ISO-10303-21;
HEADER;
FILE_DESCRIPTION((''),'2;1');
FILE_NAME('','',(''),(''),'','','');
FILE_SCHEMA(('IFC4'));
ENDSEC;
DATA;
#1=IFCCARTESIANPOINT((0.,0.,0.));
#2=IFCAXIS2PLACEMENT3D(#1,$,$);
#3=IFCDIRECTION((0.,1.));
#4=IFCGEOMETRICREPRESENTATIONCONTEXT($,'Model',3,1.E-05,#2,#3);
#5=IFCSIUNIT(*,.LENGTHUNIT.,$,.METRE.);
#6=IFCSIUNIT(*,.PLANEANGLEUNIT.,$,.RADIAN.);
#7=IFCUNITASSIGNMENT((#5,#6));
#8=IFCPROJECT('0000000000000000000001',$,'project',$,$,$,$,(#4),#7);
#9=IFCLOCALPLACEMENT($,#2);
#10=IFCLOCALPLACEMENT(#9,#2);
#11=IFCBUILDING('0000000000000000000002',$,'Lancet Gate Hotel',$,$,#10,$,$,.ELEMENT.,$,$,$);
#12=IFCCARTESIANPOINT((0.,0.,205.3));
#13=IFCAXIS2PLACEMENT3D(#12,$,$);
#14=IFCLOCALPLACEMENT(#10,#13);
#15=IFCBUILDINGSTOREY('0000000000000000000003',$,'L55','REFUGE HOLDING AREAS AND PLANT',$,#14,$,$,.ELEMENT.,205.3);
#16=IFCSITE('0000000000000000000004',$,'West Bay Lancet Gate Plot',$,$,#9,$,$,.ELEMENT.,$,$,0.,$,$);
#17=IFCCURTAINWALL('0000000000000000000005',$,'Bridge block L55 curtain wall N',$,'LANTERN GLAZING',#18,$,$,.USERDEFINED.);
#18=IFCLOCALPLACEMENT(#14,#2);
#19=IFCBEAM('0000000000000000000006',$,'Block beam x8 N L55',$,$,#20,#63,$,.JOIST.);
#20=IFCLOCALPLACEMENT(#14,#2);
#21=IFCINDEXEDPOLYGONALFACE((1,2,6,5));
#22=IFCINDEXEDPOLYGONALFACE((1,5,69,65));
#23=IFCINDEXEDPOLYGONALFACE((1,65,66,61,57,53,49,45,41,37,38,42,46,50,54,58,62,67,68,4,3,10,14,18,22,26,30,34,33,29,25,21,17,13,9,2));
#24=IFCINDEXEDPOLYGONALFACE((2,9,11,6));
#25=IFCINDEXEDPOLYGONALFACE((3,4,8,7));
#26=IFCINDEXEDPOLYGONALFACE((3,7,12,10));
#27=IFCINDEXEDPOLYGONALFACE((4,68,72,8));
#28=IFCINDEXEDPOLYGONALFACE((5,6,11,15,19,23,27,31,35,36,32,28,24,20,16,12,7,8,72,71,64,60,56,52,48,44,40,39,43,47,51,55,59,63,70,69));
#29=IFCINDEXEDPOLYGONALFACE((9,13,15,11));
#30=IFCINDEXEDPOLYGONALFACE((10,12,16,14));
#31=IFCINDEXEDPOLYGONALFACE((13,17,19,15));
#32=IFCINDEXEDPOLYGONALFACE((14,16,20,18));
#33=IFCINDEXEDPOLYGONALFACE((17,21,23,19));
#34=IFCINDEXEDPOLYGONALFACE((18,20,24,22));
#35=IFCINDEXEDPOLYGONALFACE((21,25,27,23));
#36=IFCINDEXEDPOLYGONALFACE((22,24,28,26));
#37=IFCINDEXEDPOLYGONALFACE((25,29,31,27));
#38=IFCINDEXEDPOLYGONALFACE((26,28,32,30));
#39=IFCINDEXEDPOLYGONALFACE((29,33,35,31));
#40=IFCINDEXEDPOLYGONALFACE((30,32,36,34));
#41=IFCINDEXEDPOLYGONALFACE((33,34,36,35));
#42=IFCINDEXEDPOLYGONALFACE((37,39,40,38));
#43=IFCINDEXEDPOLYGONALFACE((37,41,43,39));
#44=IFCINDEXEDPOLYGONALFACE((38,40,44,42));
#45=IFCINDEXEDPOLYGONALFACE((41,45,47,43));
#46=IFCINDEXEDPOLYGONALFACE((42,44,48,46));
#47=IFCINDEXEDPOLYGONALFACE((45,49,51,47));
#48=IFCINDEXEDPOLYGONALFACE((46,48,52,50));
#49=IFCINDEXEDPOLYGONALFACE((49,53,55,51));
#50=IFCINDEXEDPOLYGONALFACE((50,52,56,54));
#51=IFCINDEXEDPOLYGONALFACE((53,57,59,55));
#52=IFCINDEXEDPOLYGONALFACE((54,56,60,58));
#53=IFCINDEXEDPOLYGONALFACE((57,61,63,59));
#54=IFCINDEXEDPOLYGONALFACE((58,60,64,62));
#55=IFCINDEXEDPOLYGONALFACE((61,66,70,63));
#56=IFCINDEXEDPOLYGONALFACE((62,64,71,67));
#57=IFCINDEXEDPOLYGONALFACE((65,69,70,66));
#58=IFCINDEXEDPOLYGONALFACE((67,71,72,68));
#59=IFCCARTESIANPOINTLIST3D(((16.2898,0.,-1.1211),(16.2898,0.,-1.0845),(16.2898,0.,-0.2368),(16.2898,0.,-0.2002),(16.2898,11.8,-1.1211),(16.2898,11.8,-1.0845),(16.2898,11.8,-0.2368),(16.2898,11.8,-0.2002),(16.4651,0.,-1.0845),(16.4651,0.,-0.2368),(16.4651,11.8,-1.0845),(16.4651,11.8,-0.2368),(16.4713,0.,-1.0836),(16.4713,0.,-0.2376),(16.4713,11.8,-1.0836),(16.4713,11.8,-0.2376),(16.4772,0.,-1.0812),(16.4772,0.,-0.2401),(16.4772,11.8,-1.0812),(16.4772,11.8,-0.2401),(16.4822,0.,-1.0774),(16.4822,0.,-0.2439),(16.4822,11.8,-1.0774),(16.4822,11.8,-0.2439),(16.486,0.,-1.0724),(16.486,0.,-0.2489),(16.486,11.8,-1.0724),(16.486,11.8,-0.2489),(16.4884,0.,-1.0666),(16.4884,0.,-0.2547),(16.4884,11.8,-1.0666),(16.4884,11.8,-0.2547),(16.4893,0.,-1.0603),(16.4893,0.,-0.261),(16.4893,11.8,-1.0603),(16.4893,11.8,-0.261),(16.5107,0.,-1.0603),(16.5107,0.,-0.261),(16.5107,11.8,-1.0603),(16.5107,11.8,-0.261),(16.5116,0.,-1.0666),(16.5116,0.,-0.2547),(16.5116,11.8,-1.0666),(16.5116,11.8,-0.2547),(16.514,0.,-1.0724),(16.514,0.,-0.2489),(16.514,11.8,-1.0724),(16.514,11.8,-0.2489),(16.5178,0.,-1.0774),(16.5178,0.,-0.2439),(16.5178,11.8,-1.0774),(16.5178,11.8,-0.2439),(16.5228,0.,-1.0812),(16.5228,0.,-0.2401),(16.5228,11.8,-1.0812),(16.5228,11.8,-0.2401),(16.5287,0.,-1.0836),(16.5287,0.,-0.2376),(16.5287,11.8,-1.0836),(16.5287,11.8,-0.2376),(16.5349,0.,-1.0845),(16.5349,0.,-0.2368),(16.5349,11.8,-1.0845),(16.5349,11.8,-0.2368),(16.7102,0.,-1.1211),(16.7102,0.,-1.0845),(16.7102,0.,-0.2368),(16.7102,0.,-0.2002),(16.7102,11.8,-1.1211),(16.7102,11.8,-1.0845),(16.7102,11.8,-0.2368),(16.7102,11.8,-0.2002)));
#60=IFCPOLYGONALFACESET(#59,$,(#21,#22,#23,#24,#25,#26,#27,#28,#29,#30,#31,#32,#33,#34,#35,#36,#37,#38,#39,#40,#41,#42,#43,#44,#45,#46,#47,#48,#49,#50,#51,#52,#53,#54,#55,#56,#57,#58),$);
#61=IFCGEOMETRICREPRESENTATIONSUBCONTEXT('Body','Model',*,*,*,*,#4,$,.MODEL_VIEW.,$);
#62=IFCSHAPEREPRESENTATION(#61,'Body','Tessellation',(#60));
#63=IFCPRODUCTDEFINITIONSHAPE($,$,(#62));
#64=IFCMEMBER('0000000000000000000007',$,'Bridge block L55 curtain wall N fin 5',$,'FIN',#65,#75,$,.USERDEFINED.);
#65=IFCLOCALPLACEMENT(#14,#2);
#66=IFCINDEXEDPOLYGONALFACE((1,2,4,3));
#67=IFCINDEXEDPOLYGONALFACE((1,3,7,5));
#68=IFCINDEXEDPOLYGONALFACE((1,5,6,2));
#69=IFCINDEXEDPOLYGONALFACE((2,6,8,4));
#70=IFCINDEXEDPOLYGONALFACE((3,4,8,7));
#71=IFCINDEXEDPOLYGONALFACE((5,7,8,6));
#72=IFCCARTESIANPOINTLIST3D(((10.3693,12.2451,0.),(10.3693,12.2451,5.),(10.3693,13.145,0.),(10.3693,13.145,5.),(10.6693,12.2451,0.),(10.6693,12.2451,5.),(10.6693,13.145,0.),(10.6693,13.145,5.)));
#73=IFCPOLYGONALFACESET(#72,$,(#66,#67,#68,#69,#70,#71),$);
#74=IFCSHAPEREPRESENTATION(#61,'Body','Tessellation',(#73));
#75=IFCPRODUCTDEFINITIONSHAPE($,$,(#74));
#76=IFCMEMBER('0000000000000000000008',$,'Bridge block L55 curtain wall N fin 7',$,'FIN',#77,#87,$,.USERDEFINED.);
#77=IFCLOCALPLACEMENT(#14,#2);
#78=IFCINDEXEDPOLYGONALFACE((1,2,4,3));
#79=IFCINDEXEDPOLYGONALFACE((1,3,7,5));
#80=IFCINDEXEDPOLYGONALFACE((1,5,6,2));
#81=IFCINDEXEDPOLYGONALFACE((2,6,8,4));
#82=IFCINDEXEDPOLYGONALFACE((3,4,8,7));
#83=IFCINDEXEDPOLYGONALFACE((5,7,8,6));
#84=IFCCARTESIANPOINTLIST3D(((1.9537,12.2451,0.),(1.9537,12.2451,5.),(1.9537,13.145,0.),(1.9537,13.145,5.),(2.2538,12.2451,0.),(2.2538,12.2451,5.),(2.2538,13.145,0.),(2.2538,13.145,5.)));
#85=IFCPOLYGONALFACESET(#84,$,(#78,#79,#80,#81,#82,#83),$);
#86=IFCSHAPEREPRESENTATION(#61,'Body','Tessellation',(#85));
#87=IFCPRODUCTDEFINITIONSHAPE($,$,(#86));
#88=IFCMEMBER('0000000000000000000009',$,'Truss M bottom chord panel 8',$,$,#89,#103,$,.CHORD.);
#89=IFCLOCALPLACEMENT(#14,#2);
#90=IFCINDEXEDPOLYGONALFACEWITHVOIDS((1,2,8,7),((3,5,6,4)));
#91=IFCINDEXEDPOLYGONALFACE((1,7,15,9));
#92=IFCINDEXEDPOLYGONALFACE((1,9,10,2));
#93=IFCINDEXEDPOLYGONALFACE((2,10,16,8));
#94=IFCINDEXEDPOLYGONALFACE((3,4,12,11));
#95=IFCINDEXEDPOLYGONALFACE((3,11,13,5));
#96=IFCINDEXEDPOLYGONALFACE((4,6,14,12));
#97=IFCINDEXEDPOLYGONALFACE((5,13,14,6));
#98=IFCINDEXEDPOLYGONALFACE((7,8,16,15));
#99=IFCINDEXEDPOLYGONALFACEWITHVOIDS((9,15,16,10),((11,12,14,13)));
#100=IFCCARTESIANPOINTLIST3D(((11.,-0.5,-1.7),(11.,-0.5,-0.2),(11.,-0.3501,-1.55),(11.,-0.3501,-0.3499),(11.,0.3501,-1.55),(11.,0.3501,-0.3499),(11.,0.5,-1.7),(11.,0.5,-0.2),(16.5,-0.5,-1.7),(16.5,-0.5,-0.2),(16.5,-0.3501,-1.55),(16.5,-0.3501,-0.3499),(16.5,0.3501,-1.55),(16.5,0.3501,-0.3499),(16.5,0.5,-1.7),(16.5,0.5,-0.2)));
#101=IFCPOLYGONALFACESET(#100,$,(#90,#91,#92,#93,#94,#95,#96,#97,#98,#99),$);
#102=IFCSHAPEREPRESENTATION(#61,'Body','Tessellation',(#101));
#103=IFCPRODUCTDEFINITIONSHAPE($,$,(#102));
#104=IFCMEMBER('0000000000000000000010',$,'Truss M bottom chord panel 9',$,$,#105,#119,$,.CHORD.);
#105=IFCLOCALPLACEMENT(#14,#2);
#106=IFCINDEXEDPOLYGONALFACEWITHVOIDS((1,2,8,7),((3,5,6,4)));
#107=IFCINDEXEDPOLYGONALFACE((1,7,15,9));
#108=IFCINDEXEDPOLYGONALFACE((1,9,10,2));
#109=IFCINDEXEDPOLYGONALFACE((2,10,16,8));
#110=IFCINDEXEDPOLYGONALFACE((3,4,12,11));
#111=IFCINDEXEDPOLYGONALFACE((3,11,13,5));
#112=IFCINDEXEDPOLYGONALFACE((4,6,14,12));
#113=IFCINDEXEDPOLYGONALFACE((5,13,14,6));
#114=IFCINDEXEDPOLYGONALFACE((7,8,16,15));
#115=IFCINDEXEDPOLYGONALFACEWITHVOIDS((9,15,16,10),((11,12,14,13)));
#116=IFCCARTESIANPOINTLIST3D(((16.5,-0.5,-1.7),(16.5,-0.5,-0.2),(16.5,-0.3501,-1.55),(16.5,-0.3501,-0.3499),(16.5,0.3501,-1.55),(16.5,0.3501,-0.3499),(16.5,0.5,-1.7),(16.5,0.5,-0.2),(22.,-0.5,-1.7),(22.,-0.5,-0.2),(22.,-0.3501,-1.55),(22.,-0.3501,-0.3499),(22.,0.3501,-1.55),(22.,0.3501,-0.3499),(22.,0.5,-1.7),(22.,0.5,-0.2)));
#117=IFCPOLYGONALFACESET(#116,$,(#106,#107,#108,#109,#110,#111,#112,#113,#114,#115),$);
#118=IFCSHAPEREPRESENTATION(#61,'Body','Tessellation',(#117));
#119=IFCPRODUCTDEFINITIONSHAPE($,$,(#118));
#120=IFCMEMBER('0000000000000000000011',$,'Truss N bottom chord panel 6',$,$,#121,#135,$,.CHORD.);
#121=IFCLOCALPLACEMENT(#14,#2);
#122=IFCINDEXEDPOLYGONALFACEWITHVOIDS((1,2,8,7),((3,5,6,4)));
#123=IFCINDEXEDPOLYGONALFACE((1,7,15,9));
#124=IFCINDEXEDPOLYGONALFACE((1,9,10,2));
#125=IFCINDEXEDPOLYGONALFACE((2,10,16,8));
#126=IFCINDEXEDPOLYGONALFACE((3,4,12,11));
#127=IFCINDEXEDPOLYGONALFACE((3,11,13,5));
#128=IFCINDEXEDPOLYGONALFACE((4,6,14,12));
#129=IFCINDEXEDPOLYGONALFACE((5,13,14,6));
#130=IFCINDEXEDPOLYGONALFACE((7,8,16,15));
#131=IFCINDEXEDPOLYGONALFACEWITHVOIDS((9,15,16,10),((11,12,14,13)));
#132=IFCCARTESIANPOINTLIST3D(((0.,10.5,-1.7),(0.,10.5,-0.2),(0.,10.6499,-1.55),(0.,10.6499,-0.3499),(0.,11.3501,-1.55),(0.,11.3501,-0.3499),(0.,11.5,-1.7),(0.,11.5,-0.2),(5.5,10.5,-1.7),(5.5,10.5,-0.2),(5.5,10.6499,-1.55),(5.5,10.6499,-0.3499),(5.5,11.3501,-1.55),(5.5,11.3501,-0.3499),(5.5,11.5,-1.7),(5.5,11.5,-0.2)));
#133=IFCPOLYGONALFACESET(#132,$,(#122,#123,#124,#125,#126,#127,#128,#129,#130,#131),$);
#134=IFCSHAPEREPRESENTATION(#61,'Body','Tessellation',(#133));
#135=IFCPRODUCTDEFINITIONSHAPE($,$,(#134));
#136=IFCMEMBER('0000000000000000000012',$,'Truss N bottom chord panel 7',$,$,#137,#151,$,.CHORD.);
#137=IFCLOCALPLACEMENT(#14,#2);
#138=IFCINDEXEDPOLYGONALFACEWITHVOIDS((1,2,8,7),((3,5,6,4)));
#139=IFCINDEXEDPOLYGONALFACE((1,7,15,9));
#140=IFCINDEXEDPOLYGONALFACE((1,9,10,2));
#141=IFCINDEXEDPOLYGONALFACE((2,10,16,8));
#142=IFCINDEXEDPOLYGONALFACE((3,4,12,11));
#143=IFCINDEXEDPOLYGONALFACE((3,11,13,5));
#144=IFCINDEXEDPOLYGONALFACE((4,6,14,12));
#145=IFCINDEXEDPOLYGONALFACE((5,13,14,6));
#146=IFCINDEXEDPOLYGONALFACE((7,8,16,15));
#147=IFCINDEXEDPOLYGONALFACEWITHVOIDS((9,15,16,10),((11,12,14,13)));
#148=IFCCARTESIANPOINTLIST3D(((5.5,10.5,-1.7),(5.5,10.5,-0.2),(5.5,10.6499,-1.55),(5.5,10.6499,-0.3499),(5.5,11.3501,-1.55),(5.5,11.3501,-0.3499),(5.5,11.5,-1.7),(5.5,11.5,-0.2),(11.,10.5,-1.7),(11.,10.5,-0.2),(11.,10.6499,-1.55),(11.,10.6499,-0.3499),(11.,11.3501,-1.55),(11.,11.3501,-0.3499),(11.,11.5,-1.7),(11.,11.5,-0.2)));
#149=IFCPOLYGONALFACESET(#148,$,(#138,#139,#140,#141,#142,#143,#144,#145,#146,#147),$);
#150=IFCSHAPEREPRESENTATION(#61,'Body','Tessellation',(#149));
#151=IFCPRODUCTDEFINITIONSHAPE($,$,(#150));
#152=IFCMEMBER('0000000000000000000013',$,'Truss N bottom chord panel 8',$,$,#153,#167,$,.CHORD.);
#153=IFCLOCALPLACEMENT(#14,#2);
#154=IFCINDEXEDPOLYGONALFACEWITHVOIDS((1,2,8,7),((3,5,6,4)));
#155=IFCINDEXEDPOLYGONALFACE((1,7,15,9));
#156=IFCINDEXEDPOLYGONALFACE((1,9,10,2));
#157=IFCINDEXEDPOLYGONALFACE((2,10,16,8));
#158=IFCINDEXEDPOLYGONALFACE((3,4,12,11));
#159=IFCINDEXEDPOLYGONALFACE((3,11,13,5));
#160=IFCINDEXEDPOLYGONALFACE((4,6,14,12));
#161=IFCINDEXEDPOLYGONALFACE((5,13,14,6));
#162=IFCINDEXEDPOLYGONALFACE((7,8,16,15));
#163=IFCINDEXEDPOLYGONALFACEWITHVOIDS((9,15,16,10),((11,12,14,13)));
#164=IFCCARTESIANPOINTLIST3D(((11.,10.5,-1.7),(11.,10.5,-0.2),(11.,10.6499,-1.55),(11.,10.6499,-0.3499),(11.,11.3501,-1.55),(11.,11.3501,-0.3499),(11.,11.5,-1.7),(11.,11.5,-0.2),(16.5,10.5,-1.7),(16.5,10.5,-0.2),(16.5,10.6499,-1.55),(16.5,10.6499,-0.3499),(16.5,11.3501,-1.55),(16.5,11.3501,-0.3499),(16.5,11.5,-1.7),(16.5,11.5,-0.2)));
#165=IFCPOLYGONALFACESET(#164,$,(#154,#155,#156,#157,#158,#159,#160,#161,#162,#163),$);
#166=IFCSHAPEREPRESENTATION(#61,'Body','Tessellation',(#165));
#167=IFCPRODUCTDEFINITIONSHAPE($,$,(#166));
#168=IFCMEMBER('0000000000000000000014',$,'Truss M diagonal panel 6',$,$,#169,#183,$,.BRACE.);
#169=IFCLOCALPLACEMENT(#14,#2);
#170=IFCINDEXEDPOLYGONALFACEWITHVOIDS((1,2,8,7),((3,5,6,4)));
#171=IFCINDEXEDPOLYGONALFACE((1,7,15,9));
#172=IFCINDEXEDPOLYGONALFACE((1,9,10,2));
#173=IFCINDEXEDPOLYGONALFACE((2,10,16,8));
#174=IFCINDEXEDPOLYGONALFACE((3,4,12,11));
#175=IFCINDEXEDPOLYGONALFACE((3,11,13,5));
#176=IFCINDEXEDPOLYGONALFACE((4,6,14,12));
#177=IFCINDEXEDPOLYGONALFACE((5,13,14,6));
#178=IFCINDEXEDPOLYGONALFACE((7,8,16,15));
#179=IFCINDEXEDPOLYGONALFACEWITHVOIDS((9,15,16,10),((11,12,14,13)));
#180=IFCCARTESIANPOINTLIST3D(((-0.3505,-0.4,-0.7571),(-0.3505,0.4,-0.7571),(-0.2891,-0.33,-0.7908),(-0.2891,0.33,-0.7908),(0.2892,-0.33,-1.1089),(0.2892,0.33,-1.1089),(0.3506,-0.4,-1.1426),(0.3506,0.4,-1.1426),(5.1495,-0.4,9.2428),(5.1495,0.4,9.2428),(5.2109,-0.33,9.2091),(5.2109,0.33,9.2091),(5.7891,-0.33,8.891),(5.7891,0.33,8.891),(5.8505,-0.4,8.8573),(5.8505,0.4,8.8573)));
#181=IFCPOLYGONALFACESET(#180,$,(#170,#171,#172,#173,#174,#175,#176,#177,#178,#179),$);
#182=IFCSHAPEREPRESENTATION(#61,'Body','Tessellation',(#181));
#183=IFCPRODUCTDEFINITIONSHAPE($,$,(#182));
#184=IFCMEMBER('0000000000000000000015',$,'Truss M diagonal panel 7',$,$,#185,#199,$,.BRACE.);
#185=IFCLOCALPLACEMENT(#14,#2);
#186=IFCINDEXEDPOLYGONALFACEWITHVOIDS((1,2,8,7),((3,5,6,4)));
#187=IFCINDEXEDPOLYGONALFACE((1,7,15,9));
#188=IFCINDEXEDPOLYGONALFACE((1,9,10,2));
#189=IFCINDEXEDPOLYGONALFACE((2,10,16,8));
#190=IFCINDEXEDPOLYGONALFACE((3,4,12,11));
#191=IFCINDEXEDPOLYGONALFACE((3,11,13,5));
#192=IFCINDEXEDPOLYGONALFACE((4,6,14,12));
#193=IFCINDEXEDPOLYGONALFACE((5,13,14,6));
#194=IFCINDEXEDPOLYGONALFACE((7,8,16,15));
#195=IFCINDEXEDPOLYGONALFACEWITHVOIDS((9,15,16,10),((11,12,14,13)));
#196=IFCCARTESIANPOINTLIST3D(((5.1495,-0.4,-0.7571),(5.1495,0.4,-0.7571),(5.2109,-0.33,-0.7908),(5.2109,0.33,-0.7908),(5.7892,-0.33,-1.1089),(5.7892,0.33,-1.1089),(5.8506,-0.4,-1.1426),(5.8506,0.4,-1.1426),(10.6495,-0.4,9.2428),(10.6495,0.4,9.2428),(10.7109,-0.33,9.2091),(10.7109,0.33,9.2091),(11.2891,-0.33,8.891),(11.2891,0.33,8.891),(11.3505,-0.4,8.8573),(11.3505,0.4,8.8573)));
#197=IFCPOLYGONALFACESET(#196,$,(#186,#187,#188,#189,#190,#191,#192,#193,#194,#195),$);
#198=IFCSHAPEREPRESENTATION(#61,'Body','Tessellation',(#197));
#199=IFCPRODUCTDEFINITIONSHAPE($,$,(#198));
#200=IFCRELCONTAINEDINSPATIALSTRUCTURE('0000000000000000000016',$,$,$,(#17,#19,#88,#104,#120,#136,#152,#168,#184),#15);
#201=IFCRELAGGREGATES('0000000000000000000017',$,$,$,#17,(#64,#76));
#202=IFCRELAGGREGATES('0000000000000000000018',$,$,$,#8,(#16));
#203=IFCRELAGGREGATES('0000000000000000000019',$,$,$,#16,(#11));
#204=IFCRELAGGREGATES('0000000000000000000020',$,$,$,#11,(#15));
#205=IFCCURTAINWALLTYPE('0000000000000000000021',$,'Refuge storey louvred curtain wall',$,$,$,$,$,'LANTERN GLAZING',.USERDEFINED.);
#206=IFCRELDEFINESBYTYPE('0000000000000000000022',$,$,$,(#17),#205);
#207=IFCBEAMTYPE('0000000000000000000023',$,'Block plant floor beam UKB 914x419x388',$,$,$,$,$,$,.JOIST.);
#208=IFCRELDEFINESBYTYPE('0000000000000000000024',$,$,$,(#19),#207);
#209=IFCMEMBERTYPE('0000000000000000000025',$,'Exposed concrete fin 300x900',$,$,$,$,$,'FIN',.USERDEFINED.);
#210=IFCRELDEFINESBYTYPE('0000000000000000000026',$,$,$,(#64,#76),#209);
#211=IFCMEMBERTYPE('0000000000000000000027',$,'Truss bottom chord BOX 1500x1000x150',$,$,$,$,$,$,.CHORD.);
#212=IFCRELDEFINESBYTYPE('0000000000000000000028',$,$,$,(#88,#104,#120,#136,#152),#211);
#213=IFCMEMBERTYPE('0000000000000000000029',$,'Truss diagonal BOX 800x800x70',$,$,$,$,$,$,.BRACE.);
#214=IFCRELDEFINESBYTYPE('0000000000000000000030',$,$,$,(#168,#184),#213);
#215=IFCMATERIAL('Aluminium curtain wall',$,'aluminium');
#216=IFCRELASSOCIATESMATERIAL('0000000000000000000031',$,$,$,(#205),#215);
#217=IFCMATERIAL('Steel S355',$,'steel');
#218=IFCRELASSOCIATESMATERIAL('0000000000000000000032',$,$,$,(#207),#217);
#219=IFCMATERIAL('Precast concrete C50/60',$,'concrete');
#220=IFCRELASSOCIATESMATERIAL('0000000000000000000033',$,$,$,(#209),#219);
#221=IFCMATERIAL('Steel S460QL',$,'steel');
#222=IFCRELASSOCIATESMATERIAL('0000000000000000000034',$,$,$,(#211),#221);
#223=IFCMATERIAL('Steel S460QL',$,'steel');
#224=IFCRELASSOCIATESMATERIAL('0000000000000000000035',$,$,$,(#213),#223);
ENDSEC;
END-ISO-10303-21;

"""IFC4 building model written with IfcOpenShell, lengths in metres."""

from ifc_helpers import new_model, si_unit, direction, frame, origin, origin_2d, place, context, subcontext, project, spatial, rectangle, hollow_rectangle, i_section, extrude, material, material_profile, profile_set, type_object, element, aggregate, save


model = new_model("IFC4")

# Units and contexts
model_context = context("Model", 3, precision=1e-05, world=origin(), true_north=direction((0.0, 1.0)))
body_context = subcontext(model_context, "Body", "Model", "MODEL_VIEW")
ifc_project = project(units=[si_unit("LENGTHUNIT", "METRE"), si_unit("PLANEANGLEUNIT", "RADIAN")], contexts=[model_context])

# Site, building, storey
site_placement = place(None, origin())
site = spatial("IfcSite", under=ifc_project, at=site_placement, Name="West Bay Lancet Gate Plot", CompositionType="ELEMENT", RefElevation=0.0)
building_placement = place(site_placement, origin())
building = spatial("IfcBuilding", under=site, at=building_placement, Name="Lancet Gate Hotel", CompositionType="ELEMENT")
storey_placement = place(building_placement, frame((0.0, 0.0, 205.3)))
storey = spatial("IfcBuildingStorey", under=building, at=storey_placement, Name="L55", Description="REFUGE HOLDING AREAS AND PLANT", CompositionType="ELEMENT", Elevation=205.3)

# Curtain wall
ifc_material_1 = material(Name="Aluminium curtain wall", Category="aluminium")
curtain_wall_type = type_object("IfcCurtainWallType", Name="Refuge storey louvred curtain wall", ElementType="LANTERN GLAZING", PredefinedType="USERDEFINED", material=ifc_material_1)
curtain_wall_placement = place(storey_placement, origin())
curtain_wall = element("IfcCurtainWall", 1, at=curtain_wall_placement, inside=storey, type_object=curtain_wall_type, Name="Bridge block L55 curtain wall N", ObjectType="LANTERN GLAZING", PredefinedType="USERDEFINED")

# Beam
ifc_material_2 = material(Name="Steel S355", Category="steel")
ifc_material_profile_1 = material_profile(ifc_material_2, i_section(OverallWidth=0.4204, OverallDepth=0.9209, WebThickness=0.0215, FlangeThickness=0.0366, FilletRadius=0.0242, at=origin_2d()), Name="UKB 914x419x388")
ifc_profile_set_1 = profile_set([ifc_material_profile_1], Name="Steel S355")
beam_type_1 = type_object("IfcBeamType", Name="Block plant floor beam UKB 914x419x388", PredefinedType="JOIST", material=ifc_profile_set_1)
for number, where, z_axis, x_axis, name in (
    (2, (16.5, 0.0, -0.6606), (0.0, 1.0, 0.0), (-1.0, 0.0, 0.0), "Block beam x8 N L55"),
):
    element("IfcBeam", number, at=place(storey_placement, frame(where, z_axis=z_axis, x_axis=x_axis)), inside=storey, type_object=beam_type_1, Name=name, PredefinedType="JOIST", context=body_context, shape_type="SweptSolid", body=[
        extrude(i_section(OverallWidth=0.4204, OverallDepth=0.9209, WebThickness=0.0215, FlangeThickness=0.0366, FilletRadius=0.0242, at=origin_2d()), origin(), (0.0, 0.0, 1.0), 11.8),
    ])

# Members
ifc_material_3 = material(Name="Precast concrete C50/60", Category="concrete")
ifc_material_profile_2 = material_profile(ifc_material_3, rectangle(XDim=0.3, YDim=0.8999, at=origin_2d()), Name="FIN 300x900")
ifc_profile_set_2 = profile_set([ifc_material_profile_2], Name="Precast concrete C50/60")
member_type_1 = type_object("IfcMemberType", Name="Exposed concrete fin 300x900", ElementType="FIN", PredefinedType="USERDEFINED", material=ifc_profile_set_2)
member_1_placement = place(storey_placement, frame((10.5193, 12.6951, 0.0), z_axis=(0.0, 0.0, 1.0), x_axis=(-1.0, 0.0, 0.0)))
member_1 = element("IfcMember", 3, at=member_1_placement, type_object=member_type_1, Name="Bridge block L55 curtain wall N fin 5", ObjectType="FIN", PredefinedType="USERDEFINED", context=body_context, shape_type="SweptSolid", body=[
    extrude(rectangle(XDim=0.3, YDim=0.8999, at=origin_2d()), origin(), (0.0, 0.0, 1.0), 5.0),
])
member_2_placement = place(storey_placement, frame((2.1038, 12.6951, 0.0), z_axis=(0.0, 0.0, 1.0), x_axis=(-1.0, 0.0, 0.0)))
member_2 = element("IfcMember", 4, at=member_2_placement, type_object=member_type_1, Name="Bridge block L55 curtain wall N fin 7", ObjectType="FIN", PredefinedType="USERDEFINED", context=body_context, shape_type="SweptSolid", body=[
    extrude(rectangle(XDim=0.3, YDim=0.8999, at=origin_2d()), origin(), (0.0, 0.0, 1.0), 5.0),
])

# Members
ifc_material_4 = material(Name="Steel S460QL", Category="steel")
ifc_material_profile_3 = material_profile(ifc_material_4, hollow_rectangle(XDim=1.0, YDim=1.5, WallThickness=0.1499, at=origin_2d()), Name="BOX 1500x1000x150")
ifc_profile_set_3 = profile_set([ifc_material_profile_3], Name="Steel S460QL")
member_type_2 = type_object("IfcMemberType", Name="Truss bottom chord BOX 1500x1000x150", PredefinedType="CHORD", material=ifc_profile_set_3)
for number, where, z_axis, x_axis, name in (
    (5, (11.0, 0.0, -0.95), (1.0, 0.0, 0.0), (0.0, 1.0, 0.0), "Truss M bottom chord panel 8"),
    (6, (16.5, 0.0, -0.95), (1.0, 0.0, 0.0), (0.0, 1.0, 0.0), "Truss M bottom chord panel 9"),
    (7, (0.0, 11.0, -0.95), (1.0, 0.0, 0.0), (0.0, 1.0, 0.0), "Truss N bottom chord panel 6"),
    (8, (5.5, 11.0, -0.95), (1.0, 0.0, 0.0), (0.0, 1.0, 0.0), "Truss N bottom chord panel 7"),
    (9, (11.0, 11.0, -0.95), (1.0, 0.0, 0.0), (0.0, 1.0, 0.0), "Truss N bottom chord panel 8"),
):
    element("IfcMember", number, at=place(storey_placement, frame(where, z_axis=z_axis, x_axis=x_axis)), inside=storey, type_object=member_type_2, Name=name, PredefinedType="CHORD", context=body_context, shape_type="SweptSolid", body=[
        extrude(hollow_rectangle(XDim=1.0, YDim=1.5, WallThickness=0.1499, at=origin_2d()), origin(), (0.0, 0.0, 1.0), 5.5),
    ])
ifc_material_5 = material(Name="Steel S460QL", Category="steel")
ifc_material_profile_4 = material_profile(ifc_material_5, hollow_rectangle(XDim=0.8, YDim=0.8, WallThickness=0.0701, at=origin_2d()), Name="BOX 800x800x70")
ifc_profile_set_4 = profile_set([ifc_material_profile_4], Name="Steel S460QL")
member_type_3 = type_object("IfcMemberType", Name="Truss diagonal BOX 800x800x70", PredefinedType="BRACE", material=ifc_profile_set_4)
for number, where, z_axis, x_axis, name in (
    (10, (5.5, 0.0, 9.05), (-0.481919, 0.0, -0.876216), (0.0, -1.0, 0.0), "Truss M diagonal panel 6"),
    (11, (11.0, 0.0, 9.05), (-0.481919, 0.0, -0.876216), (0.0, -1.0, 0.0), "Truss M diagonal panel 7"),
):
    element("IfcMember", number, at=place(storey_placement, frame(where, z_axis=z_axis, x_axis=x_axis)), inside=storey, type_object=member_type_3, Name=name, PredefinedType="BRACE", context=body_context, shape_type="SweptSolid", body=[
        extrude(hollow_rectangle(XDim=0.8, YDim=0.8, WallThickness=0.0701, at=origin_2d()), origin(), (0.0, 0.0, 1.0), 11.4126),
    ])

aggregate(curtain_wall, [member_1, member_2])

save(model, "model.ifc")
